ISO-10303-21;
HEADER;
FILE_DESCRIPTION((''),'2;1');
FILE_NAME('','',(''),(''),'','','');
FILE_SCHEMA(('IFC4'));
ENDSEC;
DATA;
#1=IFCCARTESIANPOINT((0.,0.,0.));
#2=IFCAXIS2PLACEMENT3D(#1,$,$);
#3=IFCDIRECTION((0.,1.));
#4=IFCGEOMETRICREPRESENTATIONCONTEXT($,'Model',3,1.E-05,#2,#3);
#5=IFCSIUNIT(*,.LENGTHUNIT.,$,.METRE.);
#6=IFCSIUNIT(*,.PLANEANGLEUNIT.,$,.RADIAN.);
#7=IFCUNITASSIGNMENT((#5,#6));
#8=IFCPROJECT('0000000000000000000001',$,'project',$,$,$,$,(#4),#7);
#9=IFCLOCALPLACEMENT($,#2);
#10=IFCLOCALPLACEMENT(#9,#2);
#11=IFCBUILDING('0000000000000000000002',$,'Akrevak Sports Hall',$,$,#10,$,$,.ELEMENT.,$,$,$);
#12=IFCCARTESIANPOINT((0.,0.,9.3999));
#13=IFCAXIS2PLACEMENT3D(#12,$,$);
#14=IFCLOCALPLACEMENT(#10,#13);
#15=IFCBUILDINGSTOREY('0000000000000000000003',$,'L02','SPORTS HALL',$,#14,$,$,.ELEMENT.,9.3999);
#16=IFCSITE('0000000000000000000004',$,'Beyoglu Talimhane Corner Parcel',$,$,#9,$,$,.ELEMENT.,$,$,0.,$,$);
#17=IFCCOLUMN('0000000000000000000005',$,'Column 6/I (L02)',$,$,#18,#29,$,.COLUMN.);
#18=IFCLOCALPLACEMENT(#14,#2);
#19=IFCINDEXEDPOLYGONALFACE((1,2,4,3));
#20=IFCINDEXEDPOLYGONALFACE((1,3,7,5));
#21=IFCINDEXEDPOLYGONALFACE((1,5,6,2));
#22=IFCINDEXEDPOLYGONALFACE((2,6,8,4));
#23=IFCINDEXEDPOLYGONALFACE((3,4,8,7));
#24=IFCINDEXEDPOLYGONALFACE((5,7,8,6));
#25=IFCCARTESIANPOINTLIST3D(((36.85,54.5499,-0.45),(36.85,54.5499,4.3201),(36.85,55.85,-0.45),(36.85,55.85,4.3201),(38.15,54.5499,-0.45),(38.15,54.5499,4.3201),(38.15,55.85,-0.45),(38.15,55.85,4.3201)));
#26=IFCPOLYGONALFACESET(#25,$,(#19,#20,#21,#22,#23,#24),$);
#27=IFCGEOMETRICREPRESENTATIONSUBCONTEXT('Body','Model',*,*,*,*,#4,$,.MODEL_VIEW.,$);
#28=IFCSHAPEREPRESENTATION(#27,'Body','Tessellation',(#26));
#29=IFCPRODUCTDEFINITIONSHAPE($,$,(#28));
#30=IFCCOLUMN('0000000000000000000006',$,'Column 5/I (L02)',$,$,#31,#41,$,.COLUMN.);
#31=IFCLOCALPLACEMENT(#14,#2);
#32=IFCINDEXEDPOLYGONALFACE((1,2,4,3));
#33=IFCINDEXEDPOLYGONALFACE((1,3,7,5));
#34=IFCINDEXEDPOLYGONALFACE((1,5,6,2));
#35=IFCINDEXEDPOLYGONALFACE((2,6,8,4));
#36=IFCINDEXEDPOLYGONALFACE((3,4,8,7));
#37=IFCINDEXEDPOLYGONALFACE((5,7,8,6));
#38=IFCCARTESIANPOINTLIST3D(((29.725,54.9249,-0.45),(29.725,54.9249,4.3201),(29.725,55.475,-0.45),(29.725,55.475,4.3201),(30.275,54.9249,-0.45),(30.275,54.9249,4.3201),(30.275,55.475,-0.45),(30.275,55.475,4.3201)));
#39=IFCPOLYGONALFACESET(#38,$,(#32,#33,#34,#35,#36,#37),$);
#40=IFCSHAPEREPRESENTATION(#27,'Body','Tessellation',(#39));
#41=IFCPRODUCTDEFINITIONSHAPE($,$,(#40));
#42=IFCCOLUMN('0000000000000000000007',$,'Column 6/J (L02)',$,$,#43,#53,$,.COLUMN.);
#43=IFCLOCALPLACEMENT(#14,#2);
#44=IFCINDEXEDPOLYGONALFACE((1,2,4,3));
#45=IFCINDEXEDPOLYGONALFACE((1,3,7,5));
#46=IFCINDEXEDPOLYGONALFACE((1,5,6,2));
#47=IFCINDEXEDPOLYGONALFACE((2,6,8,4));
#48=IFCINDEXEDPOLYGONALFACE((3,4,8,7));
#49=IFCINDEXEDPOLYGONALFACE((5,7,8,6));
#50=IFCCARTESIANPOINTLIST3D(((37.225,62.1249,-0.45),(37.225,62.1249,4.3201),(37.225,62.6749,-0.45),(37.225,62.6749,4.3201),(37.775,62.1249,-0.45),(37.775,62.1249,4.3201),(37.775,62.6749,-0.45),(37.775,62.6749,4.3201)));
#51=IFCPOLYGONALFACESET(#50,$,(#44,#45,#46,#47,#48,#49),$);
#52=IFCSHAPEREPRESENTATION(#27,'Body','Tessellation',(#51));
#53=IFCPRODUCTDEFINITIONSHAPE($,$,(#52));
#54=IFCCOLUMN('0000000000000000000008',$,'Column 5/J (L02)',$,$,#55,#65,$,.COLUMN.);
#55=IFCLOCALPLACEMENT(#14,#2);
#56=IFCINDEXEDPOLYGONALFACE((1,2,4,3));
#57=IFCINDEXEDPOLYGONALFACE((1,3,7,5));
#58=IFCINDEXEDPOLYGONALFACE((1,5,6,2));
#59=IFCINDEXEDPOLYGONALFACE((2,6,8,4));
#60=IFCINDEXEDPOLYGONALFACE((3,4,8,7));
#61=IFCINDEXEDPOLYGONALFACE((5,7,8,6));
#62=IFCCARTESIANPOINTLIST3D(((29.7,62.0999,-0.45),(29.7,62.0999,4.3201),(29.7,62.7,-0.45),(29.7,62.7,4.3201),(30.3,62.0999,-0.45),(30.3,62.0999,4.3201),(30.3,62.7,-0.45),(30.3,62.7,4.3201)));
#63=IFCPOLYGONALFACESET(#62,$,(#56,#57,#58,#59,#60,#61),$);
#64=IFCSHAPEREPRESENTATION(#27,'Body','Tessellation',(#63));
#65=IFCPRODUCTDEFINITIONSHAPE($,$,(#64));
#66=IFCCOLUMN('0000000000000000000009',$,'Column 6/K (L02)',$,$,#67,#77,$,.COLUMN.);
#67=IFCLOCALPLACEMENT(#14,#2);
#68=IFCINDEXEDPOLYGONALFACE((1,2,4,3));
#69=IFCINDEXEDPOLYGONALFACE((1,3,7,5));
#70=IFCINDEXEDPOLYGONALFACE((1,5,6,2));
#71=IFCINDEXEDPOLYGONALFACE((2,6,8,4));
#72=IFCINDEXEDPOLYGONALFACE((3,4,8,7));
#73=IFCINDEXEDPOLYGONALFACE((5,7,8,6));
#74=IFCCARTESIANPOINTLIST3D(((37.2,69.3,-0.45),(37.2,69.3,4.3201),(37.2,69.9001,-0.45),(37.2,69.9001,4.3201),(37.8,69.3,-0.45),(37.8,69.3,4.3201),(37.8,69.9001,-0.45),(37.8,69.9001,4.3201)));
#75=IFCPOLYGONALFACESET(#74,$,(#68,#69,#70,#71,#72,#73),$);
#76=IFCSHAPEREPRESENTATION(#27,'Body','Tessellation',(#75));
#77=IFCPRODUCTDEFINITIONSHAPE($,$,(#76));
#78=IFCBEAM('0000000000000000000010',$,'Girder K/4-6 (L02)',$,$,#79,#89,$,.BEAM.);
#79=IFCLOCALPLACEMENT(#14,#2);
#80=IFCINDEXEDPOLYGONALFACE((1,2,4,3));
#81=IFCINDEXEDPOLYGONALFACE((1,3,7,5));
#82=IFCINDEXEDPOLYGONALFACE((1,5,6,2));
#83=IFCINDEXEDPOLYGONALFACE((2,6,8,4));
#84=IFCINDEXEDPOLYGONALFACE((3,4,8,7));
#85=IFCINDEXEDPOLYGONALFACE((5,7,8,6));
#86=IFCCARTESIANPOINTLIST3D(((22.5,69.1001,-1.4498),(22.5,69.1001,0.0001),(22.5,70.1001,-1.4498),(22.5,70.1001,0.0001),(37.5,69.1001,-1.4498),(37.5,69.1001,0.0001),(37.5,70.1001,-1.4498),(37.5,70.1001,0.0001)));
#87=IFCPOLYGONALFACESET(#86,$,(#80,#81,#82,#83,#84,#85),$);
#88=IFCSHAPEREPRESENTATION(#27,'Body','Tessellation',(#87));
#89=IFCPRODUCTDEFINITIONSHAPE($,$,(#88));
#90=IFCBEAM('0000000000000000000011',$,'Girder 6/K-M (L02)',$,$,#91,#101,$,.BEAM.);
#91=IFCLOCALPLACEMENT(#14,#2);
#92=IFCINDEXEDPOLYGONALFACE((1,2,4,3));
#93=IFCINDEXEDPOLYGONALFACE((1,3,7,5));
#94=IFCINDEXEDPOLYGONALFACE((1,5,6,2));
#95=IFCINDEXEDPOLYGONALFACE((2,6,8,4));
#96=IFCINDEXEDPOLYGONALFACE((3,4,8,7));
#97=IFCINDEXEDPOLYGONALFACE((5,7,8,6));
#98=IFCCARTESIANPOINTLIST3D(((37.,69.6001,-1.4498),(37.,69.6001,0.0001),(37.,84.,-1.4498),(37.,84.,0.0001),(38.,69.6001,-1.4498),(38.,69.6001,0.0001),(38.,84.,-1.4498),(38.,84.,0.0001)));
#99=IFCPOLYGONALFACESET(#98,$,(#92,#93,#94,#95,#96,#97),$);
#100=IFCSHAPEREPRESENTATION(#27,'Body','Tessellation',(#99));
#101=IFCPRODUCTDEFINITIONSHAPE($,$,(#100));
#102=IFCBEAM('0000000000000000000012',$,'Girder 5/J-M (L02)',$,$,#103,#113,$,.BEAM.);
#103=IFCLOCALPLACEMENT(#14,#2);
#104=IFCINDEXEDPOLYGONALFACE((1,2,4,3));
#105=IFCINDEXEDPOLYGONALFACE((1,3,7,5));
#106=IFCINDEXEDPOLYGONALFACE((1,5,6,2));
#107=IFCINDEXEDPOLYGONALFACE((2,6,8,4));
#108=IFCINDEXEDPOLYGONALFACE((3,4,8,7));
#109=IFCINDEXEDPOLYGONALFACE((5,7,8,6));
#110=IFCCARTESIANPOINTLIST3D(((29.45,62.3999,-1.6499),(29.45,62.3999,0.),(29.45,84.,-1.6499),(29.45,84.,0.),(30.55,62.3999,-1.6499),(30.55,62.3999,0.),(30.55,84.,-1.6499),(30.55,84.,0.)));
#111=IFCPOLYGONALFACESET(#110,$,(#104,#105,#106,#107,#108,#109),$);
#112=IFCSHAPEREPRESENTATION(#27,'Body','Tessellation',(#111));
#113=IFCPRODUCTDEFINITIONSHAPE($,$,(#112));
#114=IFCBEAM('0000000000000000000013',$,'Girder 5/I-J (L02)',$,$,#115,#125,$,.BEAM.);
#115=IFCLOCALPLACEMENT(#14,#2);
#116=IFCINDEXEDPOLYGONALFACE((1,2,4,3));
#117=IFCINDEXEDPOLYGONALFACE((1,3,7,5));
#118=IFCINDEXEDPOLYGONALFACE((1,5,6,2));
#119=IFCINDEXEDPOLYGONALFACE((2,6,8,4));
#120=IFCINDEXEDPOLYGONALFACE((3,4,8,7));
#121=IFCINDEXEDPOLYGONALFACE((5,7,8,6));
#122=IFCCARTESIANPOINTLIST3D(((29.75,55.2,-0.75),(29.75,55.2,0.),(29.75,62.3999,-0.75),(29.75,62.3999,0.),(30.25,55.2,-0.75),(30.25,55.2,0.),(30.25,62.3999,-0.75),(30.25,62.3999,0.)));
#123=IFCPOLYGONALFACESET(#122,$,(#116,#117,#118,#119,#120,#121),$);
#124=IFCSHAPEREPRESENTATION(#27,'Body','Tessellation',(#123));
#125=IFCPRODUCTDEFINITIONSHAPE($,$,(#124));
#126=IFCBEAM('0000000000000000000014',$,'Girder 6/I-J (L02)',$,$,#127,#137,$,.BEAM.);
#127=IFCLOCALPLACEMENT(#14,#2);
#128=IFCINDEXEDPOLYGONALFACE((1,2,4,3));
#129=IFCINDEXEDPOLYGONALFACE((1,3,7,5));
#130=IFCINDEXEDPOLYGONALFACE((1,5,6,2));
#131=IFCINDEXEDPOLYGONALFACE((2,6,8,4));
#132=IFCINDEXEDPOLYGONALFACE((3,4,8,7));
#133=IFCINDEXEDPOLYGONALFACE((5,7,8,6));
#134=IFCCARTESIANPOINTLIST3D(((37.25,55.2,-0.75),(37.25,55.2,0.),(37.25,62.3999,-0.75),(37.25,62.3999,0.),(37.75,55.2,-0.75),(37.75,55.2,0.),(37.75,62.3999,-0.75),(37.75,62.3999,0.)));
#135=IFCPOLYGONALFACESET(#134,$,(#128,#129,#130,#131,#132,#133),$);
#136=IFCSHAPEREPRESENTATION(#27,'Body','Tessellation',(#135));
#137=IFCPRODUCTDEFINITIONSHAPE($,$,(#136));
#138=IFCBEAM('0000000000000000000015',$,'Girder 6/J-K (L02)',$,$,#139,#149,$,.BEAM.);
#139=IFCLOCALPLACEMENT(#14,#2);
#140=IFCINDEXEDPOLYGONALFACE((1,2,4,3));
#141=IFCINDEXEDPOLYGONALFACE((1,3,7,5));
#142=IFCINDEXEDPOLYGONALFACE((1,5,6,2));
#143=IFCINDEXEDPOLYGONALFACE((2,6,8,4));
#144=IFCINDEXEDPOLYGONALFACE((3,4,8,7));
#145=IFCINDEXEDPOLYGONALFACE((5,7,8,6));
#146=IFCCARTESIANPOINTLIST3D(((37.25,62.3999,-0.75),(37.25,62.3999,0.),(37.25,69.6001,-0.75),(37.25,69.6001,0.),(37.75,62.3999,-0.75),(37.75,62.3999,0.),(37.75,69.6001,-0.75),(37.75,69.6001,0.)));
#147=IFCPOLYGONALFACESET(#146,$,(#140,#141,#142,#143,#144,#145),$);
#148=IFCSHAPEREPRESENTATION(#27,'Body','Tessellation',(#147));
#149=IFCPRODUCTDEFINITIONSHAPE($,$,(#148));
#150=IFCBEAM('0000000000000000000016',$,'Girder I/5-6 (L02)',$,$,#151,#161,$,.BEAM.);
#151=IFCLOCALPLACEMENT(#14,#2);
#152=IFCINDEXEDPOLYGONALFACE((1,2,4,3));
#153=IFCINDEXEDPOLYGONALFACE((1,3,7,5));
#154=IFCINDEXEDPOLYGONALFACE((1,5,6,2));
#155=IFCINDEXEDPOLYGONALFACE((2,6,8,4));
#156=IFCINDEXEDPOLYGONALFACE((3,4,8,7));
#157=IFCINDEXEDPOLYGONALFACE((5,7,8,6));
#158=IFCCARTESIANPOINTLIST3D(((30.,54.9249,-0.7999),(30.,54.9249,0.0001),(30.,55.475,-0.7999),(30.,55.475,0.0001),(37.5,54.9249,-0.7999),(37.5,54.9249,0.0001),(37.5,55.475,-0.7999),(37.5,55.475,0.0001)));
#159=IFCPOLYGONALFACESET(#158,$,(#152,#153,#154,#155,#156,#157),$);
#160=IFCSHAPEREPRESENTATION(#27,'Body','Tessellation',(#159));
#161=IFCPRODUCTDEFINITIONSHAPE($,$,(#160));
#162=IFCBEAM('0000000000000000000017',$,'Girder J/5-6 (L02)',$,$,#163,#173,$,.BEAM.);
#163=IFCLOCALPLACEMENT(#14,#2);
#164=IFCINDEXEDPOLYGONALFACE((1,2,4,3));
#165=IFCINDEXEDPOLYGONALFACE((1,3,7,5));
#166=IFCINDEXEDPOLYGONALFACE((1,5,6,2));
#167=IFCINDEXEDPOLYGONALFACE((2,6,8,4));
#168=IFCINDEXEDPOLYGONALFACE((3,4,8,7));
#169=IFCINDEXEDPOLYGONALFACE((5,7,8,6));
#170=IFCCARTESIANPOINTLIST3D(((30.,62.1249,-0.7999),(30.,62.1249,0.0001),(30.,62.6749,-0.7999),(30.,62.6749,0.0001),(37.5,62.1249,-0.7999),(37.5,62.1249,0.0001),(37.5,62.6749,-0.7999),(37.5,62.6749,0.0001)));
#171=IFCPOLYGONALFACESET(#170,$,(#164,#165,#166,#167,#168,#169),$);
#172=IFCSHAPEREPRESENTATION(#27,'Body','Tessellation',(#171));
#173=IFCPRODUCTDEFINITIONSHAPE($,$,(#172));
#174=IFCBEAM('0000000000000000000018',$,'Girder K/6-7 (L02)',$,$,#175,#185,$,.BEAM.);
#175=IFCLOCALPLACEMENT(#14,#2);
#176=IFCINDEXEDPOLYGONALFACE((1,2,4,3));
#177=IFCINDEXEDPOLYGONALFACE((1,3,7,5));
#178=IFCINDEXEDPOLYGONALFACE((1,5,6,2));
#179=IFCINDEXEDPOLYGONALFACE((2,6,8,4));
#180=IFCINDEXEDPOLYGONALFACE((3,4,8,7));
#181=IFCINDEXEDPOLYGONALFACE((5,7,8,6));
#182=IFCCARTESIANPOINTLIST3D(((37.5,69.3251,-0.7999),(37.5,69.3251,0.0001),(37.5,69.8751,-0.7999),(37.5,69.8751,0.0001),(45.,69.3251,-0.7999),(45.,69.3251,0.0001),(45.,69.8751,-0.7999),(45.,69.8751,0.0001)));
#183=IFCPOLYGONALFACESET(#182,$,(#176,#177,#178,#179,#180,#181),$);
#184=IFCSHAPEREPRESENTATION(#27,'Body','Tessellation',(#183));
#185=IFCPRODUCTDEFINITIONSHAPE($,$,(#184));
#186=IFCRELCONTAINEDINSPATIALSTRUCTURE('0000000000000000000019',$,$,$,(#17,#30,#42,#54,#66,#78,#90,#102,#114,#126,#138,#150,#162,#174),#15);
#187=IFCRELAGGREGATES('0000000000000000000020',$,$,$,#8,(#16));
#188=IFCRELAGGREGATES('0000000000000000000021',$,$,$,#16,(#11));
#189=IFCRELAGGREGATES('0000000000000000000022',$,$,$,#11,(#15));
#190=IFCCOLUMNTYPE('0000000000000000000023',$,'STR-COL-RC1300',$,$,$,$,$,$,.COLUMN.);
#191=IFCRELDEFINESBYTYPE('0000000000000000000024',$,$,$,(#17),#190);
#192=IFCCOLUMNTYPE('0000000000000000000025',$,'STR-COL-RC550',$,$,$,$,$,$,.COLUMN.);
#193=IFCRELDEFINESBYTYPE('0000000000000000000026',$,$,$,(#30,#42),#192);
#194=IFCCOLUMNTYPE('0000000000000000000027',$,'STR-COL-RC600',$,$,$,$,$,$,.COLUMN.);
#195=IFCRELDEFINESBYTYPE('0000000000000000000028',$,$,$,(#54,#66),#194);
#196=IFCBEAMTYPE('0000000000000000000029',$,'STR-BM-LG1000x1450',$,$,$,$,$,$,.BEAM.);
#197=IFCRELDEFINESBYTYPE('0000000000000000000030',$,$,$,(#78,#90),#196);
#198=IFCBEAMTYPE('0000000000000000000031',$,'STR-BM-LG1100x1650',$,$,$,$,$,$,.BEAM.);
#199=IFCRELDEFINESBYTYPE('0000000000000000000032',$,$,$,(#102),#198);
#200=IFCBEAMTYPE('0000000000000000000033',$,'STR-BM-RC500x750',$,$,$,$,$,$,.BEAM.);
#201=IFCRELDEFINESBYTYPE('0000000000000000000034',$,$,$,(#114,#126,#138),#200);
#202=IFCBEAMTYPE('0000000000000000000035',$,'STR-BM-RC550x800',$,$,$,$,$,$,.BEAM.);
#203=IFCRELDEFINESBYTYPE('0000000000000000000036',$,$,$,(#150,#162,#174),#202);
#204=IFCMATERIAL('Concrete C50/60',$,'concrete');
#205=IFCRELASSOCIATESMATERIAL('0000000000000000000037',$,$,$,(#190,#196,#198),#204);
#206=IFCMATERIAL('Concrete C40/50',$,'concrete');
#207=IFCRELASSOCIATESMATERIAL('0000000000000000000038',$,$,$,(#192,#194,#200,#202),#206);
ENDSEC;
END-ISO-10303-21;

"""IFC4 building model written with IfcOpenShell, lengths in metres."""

from ifc_helpers import new_model, si_unit, direction, frame, origin, origin_2d, place, context, subcontext, project, spatial, rectangle, extrude, material, material_profile, profile_set, type_object, element, save


model = new_model("IFC4")

# Units and contexts
model_context = context("Model", 3, precision=1e-05, world=origin(), true_north=direction((0.0, 1.0)))
body_context = subcontext(model_context, "Body", "Model", "MODEL_VIEW")
ifc_project = project(units=[si_unit("LENGTHUNIT", "METRE"), si_unit("PLANEANGLEUNIT", "RADIAN")], contexts=[model_context])

# Site, building, storey
site_placement = place(None, origin())
site = spatial("IfcSite", under=ifc_project, at=site_placement, Name="Beyoglu Talimhane Corner Parcel", CompositionType="ELEMENT", RefElevation=0.0)
building_placement = place(site_placement, origin())
building = spatial("IfcBuilding", under=site, at=building_placement, Name="Akrevak Sports Hall", CompositionType="ELEMENT")
storey_placement = place(building_placement, frame((0.0, 0.0, 9.3999)))
storey = spatial("IfcBuildingStorey", under=building, at=storey_placement, Name="L02", Description="SPORTS HALL", CompositionType="ELEMENT", Elevation=9.3999)

# Columns
ifc_material_1 = material(Name="Concrete C50/60", Category="concrete")
ifc_material_profile_1 = material_profile(ifc_material_1, rectangle(XDim=1.3, YDim=1.3, at=origin_2d()), Name="RC 1300x1300", Category="concrete")
ifc_profile_set_1 = profile_set([ifc_material_profile_1], Name="Concrete C50/60")
column_type_1 = type_object("IfcColumnType", Name="STR-COL-RC1300", PredefinedType="COLUMN", material=ifc_profile_set_1)
column_placement = place(storey_placement, frame((37.5, 55.2, -0.45), z_axis=(0.0, 0.0, 1.0), x_axis=(1.0, 0.0, 0.0)))
element("IfcColumn", 1, at=column_placement, inside=storey, type_object=column_type_1, Name="Column 6/I (L02)", PredefinedType="COLUMN", context=body_context, shape_type="SweptSolid", body=[
    extrude(rectangle(XDim=1.3, YDim=1.3, at=origin_2d()), origin(), (0.0, 0.0, 1.0), 4.77),
])
ifc_material_2 = material(Name="Concrete C40/50", Category="concrete")
ifc_material_profile_2 = material_profile(ifc_material_2, rectangle(XDim=0.55, YDim=0.55, at=origin_2d()), Name="RC 550x550", Category="concrete")
ifc_profile_set_2 = profile_set([ifc_material_profile_2], Name="Concrete C40/50")
column_type_2 = type_object("IfcColumnType", Name="STR-COL-RC550", PredefinedType="COLUMN", material=ifc_profile_set_2)
for number, where, z_axis, x_axis, name in (
    (2, (30.0, 55.2, -0.45), (0.0, 0.0, 1.0), (1.0, 0.0, 0.0), "Column 5/I (L02)"),
    (3, (37.5, 62.3999, -0.45), (0.0, 0.0, 1.0), (1.0, 0.0, 0.0), "Column 6/J (L02)"),
):
    element("IfcColumn", number, at=place(storey_placement, frame(where, z_axis=z_axis, x_axis=x_axis)), inside=storey, type_object=column_type_2, Name=name, PredefinedType="COLUMN", context=body_context, shape_type="SweptSolid", body=[
        extrude(rectangle(XDim=0.55, YDim=0.55, at=origin_2d()), origin(), (0.0, 0.0, 1.0), 4.77),
    ])
ifc_material_profile_3 = material_profile(ifc_material_2, rectangle(XDim=0.6001, YDim=0.6001, at=origin_2d()), Name="RC 600x600", Category="concrete")
ifc_profile_set_3 = profile_set([ifc_material_profile_3], Name="Concrete C40/50")
column_type_3 = type_object("IfcColumnType", Name="STR-COL-RC600", PredefinedType="COLUMN", material=ifc_profile_set_3)
for number, where, z_axis, x_axis, name in (
    (4, (30.0, 62.3999, -0.45), (0.0, 0.0, 1.0), (1.0, 0.0, 0.0), "Column 5/J (L02)"),
    (5, (37.5, 69.6001, -0.45), (0.0, 0.0, 1.0), (1.0, 0.0, 0.0), "Column 6/K (L02)"),
):
    element("IfcColumn", number, at=place(storey_placement, frame(where, z_axis=z_axis, x_axis=x_axis)), inside=storey, type_object=column_type_3, Name=name, PredefinedType="COLUMN", context=body_context, shape_type="SweptSolid", body=[
        extrude(rectangle(XDim=0.6001, YDim=0.6001, at=origin_2d()), origin(), (0.0, 0.0, 1.0), 4.77),
    ])

# Beams
ifc_material_profile_4 = material_profile(ifc_material_1, rectangle(XDim=1.0, YDim=1.45, at=origin_2d()), Name="BM 1000x1450", Category="concrete")
ifc_profile_set_4 = profile_set([ifc_material_profile_4], Name="Concrete C50/60")
beam_type_1 = type_object("IfcBeamType", Name="STR-BM-LG1000x1450", PredefinedType="BEAM", material=ifc_profile_set_4)
beam_1_placement = place(storey_placement, frame((22.5, 69.6001, -0.7249), z_axis=(1.0, 0.0, 0.0), x_axis=(0.0, 1.0, 0.0)))
element("IfcBeam", 6, at=beam_1_placement, inside=storey, type_object=beam_type_1, Name="Girder K/4-6 (L02)", PredefinedType="BEAM", context=body_context, shape_type="SweptSolid", body=[
    extrude(rectangle(XDim=1.0, YDim=1.45, at=origin_2d()), origin(), (0.0, 0.0, 1.0), 15.0),
])
beam_2_placement = place(storey_placement, frame((37.5, 69.6001, -0.7249), z_axis=(0.0, 1.0, 0.0), x_axis=(-1.0, 0.0, 0.0)))
element("IfcBeam", 7, at=beam_2_placement, inside=storey, type_object=beam_type_1, Name="Girder 6/K-M (L02)", PredefinedType="BEAM", context=body_context, shape_type="SweptSolid", body=[
    extrude(rectangle(XDim=1.0, YDim=1.45, at=origin_2d()), origin(), (0.0, 0.0, 1.0), 14.3999),
])
ifc_material_profile_5 = material_profile(ifc_material_1, rectangle(XDim=1.1001, YDim=1.6499, at=origin_2d()), Name="BM 1100x1650", Category="concrete")
ifc_profile_set_5 = profile_set([ifc_material_profile_5], Name="Concrete C50/60")
beam_type_2 = type_object("IfcBeamType", Name="STR-BM-LG1100x1650", PredefinedType="BEAM", material=ifc_profile_set_5)
beam_3_placement = place(storey_placement, frame((30.0, 62.3999, -0.825), z_axis=(0.0, 1.0, 0.0), x_axis=(-1.0, 0.0, 0.0)))
element("IfcBeam", 8, at=beam_3_placement, inside=storey, type_object=beam_type_2, Name="Girder 5/J-M (L02)", PredefinedType="BEAM", context=body_context, shape_type="SweptSolid", body=[
    extrude(rectangle(XDim=1.1001, YDim=1.6499, at=origin_2d()), origin(), (0.0, 0.0, 1.0), 21.6001),
])
ifc_material_profile_6 = material_profile(ifc_material_2, rectangle(XDim=0.5, YDim=0.75, at=origin_2d()), Name="BM 500x750", Category="concrete")
ifc_profile_set_6 = profile_set([ifc_material_profile_6], Name="Concrete C40/50")
beam_type_3 = type_object("IfcBeamType", Name="STR-BM-RC500x750", PredefinedType="BEAM", material=ifc_profile_set_6)
for number, where, z_axis, x_axis, name in (
    (9, (30.0, 55.2, -0.375), (0.0, 1.0, 0.0), (-1.0, 0.0, 0.0), "Girder 5/I-J (L02)"),
    (10, (37.5, 55.2, -0.375), (0.0, 1.0, 0.0), (-1.0, 0.0, 0.0), "Girder 6/I-J (L02)"),
):
    element("IfcBeam", number, at=place(storey_placement, frame(where, z_axis=z_axis, x_axis=x_axis)), inside=storey, type_object=beam_type_3, Name=name, PredefinedType="BEAM", context=body_context, shape_type="SweptSolid", body=[
        extrude(rectangle(XDim=0.5, YDim=0.75, at=origin_2d()), origin(), (0.0, 0.0, 1.0), 7.2),
    ])
beam_4_placement = place(storey_placement, frame((37.5, 62.3999, -0.375), z_axis=(0.0, 1.0, 0.0), x_axis=(-1.0, 0.0, 0.0)))
element("IfcBeam", 11, at=beam_4_placement, inside=storey, type_object=beam_type_3, Name="Girder 6/J-K (L02)", PredefinedType="BEAM", context=body_context, shape_type="SweptSolid", body=[
    extrude(rectangle(XDim=0.5, YDim=0.75, at=origin_2d()), origin(), (0.0, 0.0, 1.0), 7.2002),
])
ifc_material_profile_7 = material_profile(ifc_material_2, rectangle(XDim=0.55, YDim=0.8, at=origin_2d()), Name="BM 550x800", Category="concrete")
ifc_profile_set_7 = profile_set([ifc_material_profile_7], Name="Concrete C40/50")
beam_type_4 = type_object("IfcBeamType", Name="STR-BM-RC550x800", PredefinedType="BEAM", material=ifc_profile_set_7)
for number, where, z_axis, x_axis, name in (
    (12, (30.0, 55.2, -0.3999), (1.0, 0.0, 0.0), (0.0, 1.0, 0.0), "Girder I/5-6 (L02)"),
    (13, (30.0, 62.3999, -0.3999), (1.0, 0.0, 0.0), (0.0, 1.0, 0.0), "Girder J/5-6 (L02)"),
    (14, (37.5, 69.6001, -0.3999), (1.0, 0.0, 0.0), (0.0, 1.0, 0.0), "Girder K/6-7 (L02)"),
):
    element("IfcBeam", number, at=place(storey_placement, frame(where, z_axis=z_axis, x_axis=x_axis)), inside=storey, type_object=beam_type_4, Name=name, PredefinedType="BEAM", context=body_context, shape_type="SweptSolid", body=[
        extrude(rectangle(XDim=0.55, YDim=0.8, at=origin_2d()), origin(), (0.0, 0.0, 1.0), 7.5),
    ])

save(model, "model.ifc")
